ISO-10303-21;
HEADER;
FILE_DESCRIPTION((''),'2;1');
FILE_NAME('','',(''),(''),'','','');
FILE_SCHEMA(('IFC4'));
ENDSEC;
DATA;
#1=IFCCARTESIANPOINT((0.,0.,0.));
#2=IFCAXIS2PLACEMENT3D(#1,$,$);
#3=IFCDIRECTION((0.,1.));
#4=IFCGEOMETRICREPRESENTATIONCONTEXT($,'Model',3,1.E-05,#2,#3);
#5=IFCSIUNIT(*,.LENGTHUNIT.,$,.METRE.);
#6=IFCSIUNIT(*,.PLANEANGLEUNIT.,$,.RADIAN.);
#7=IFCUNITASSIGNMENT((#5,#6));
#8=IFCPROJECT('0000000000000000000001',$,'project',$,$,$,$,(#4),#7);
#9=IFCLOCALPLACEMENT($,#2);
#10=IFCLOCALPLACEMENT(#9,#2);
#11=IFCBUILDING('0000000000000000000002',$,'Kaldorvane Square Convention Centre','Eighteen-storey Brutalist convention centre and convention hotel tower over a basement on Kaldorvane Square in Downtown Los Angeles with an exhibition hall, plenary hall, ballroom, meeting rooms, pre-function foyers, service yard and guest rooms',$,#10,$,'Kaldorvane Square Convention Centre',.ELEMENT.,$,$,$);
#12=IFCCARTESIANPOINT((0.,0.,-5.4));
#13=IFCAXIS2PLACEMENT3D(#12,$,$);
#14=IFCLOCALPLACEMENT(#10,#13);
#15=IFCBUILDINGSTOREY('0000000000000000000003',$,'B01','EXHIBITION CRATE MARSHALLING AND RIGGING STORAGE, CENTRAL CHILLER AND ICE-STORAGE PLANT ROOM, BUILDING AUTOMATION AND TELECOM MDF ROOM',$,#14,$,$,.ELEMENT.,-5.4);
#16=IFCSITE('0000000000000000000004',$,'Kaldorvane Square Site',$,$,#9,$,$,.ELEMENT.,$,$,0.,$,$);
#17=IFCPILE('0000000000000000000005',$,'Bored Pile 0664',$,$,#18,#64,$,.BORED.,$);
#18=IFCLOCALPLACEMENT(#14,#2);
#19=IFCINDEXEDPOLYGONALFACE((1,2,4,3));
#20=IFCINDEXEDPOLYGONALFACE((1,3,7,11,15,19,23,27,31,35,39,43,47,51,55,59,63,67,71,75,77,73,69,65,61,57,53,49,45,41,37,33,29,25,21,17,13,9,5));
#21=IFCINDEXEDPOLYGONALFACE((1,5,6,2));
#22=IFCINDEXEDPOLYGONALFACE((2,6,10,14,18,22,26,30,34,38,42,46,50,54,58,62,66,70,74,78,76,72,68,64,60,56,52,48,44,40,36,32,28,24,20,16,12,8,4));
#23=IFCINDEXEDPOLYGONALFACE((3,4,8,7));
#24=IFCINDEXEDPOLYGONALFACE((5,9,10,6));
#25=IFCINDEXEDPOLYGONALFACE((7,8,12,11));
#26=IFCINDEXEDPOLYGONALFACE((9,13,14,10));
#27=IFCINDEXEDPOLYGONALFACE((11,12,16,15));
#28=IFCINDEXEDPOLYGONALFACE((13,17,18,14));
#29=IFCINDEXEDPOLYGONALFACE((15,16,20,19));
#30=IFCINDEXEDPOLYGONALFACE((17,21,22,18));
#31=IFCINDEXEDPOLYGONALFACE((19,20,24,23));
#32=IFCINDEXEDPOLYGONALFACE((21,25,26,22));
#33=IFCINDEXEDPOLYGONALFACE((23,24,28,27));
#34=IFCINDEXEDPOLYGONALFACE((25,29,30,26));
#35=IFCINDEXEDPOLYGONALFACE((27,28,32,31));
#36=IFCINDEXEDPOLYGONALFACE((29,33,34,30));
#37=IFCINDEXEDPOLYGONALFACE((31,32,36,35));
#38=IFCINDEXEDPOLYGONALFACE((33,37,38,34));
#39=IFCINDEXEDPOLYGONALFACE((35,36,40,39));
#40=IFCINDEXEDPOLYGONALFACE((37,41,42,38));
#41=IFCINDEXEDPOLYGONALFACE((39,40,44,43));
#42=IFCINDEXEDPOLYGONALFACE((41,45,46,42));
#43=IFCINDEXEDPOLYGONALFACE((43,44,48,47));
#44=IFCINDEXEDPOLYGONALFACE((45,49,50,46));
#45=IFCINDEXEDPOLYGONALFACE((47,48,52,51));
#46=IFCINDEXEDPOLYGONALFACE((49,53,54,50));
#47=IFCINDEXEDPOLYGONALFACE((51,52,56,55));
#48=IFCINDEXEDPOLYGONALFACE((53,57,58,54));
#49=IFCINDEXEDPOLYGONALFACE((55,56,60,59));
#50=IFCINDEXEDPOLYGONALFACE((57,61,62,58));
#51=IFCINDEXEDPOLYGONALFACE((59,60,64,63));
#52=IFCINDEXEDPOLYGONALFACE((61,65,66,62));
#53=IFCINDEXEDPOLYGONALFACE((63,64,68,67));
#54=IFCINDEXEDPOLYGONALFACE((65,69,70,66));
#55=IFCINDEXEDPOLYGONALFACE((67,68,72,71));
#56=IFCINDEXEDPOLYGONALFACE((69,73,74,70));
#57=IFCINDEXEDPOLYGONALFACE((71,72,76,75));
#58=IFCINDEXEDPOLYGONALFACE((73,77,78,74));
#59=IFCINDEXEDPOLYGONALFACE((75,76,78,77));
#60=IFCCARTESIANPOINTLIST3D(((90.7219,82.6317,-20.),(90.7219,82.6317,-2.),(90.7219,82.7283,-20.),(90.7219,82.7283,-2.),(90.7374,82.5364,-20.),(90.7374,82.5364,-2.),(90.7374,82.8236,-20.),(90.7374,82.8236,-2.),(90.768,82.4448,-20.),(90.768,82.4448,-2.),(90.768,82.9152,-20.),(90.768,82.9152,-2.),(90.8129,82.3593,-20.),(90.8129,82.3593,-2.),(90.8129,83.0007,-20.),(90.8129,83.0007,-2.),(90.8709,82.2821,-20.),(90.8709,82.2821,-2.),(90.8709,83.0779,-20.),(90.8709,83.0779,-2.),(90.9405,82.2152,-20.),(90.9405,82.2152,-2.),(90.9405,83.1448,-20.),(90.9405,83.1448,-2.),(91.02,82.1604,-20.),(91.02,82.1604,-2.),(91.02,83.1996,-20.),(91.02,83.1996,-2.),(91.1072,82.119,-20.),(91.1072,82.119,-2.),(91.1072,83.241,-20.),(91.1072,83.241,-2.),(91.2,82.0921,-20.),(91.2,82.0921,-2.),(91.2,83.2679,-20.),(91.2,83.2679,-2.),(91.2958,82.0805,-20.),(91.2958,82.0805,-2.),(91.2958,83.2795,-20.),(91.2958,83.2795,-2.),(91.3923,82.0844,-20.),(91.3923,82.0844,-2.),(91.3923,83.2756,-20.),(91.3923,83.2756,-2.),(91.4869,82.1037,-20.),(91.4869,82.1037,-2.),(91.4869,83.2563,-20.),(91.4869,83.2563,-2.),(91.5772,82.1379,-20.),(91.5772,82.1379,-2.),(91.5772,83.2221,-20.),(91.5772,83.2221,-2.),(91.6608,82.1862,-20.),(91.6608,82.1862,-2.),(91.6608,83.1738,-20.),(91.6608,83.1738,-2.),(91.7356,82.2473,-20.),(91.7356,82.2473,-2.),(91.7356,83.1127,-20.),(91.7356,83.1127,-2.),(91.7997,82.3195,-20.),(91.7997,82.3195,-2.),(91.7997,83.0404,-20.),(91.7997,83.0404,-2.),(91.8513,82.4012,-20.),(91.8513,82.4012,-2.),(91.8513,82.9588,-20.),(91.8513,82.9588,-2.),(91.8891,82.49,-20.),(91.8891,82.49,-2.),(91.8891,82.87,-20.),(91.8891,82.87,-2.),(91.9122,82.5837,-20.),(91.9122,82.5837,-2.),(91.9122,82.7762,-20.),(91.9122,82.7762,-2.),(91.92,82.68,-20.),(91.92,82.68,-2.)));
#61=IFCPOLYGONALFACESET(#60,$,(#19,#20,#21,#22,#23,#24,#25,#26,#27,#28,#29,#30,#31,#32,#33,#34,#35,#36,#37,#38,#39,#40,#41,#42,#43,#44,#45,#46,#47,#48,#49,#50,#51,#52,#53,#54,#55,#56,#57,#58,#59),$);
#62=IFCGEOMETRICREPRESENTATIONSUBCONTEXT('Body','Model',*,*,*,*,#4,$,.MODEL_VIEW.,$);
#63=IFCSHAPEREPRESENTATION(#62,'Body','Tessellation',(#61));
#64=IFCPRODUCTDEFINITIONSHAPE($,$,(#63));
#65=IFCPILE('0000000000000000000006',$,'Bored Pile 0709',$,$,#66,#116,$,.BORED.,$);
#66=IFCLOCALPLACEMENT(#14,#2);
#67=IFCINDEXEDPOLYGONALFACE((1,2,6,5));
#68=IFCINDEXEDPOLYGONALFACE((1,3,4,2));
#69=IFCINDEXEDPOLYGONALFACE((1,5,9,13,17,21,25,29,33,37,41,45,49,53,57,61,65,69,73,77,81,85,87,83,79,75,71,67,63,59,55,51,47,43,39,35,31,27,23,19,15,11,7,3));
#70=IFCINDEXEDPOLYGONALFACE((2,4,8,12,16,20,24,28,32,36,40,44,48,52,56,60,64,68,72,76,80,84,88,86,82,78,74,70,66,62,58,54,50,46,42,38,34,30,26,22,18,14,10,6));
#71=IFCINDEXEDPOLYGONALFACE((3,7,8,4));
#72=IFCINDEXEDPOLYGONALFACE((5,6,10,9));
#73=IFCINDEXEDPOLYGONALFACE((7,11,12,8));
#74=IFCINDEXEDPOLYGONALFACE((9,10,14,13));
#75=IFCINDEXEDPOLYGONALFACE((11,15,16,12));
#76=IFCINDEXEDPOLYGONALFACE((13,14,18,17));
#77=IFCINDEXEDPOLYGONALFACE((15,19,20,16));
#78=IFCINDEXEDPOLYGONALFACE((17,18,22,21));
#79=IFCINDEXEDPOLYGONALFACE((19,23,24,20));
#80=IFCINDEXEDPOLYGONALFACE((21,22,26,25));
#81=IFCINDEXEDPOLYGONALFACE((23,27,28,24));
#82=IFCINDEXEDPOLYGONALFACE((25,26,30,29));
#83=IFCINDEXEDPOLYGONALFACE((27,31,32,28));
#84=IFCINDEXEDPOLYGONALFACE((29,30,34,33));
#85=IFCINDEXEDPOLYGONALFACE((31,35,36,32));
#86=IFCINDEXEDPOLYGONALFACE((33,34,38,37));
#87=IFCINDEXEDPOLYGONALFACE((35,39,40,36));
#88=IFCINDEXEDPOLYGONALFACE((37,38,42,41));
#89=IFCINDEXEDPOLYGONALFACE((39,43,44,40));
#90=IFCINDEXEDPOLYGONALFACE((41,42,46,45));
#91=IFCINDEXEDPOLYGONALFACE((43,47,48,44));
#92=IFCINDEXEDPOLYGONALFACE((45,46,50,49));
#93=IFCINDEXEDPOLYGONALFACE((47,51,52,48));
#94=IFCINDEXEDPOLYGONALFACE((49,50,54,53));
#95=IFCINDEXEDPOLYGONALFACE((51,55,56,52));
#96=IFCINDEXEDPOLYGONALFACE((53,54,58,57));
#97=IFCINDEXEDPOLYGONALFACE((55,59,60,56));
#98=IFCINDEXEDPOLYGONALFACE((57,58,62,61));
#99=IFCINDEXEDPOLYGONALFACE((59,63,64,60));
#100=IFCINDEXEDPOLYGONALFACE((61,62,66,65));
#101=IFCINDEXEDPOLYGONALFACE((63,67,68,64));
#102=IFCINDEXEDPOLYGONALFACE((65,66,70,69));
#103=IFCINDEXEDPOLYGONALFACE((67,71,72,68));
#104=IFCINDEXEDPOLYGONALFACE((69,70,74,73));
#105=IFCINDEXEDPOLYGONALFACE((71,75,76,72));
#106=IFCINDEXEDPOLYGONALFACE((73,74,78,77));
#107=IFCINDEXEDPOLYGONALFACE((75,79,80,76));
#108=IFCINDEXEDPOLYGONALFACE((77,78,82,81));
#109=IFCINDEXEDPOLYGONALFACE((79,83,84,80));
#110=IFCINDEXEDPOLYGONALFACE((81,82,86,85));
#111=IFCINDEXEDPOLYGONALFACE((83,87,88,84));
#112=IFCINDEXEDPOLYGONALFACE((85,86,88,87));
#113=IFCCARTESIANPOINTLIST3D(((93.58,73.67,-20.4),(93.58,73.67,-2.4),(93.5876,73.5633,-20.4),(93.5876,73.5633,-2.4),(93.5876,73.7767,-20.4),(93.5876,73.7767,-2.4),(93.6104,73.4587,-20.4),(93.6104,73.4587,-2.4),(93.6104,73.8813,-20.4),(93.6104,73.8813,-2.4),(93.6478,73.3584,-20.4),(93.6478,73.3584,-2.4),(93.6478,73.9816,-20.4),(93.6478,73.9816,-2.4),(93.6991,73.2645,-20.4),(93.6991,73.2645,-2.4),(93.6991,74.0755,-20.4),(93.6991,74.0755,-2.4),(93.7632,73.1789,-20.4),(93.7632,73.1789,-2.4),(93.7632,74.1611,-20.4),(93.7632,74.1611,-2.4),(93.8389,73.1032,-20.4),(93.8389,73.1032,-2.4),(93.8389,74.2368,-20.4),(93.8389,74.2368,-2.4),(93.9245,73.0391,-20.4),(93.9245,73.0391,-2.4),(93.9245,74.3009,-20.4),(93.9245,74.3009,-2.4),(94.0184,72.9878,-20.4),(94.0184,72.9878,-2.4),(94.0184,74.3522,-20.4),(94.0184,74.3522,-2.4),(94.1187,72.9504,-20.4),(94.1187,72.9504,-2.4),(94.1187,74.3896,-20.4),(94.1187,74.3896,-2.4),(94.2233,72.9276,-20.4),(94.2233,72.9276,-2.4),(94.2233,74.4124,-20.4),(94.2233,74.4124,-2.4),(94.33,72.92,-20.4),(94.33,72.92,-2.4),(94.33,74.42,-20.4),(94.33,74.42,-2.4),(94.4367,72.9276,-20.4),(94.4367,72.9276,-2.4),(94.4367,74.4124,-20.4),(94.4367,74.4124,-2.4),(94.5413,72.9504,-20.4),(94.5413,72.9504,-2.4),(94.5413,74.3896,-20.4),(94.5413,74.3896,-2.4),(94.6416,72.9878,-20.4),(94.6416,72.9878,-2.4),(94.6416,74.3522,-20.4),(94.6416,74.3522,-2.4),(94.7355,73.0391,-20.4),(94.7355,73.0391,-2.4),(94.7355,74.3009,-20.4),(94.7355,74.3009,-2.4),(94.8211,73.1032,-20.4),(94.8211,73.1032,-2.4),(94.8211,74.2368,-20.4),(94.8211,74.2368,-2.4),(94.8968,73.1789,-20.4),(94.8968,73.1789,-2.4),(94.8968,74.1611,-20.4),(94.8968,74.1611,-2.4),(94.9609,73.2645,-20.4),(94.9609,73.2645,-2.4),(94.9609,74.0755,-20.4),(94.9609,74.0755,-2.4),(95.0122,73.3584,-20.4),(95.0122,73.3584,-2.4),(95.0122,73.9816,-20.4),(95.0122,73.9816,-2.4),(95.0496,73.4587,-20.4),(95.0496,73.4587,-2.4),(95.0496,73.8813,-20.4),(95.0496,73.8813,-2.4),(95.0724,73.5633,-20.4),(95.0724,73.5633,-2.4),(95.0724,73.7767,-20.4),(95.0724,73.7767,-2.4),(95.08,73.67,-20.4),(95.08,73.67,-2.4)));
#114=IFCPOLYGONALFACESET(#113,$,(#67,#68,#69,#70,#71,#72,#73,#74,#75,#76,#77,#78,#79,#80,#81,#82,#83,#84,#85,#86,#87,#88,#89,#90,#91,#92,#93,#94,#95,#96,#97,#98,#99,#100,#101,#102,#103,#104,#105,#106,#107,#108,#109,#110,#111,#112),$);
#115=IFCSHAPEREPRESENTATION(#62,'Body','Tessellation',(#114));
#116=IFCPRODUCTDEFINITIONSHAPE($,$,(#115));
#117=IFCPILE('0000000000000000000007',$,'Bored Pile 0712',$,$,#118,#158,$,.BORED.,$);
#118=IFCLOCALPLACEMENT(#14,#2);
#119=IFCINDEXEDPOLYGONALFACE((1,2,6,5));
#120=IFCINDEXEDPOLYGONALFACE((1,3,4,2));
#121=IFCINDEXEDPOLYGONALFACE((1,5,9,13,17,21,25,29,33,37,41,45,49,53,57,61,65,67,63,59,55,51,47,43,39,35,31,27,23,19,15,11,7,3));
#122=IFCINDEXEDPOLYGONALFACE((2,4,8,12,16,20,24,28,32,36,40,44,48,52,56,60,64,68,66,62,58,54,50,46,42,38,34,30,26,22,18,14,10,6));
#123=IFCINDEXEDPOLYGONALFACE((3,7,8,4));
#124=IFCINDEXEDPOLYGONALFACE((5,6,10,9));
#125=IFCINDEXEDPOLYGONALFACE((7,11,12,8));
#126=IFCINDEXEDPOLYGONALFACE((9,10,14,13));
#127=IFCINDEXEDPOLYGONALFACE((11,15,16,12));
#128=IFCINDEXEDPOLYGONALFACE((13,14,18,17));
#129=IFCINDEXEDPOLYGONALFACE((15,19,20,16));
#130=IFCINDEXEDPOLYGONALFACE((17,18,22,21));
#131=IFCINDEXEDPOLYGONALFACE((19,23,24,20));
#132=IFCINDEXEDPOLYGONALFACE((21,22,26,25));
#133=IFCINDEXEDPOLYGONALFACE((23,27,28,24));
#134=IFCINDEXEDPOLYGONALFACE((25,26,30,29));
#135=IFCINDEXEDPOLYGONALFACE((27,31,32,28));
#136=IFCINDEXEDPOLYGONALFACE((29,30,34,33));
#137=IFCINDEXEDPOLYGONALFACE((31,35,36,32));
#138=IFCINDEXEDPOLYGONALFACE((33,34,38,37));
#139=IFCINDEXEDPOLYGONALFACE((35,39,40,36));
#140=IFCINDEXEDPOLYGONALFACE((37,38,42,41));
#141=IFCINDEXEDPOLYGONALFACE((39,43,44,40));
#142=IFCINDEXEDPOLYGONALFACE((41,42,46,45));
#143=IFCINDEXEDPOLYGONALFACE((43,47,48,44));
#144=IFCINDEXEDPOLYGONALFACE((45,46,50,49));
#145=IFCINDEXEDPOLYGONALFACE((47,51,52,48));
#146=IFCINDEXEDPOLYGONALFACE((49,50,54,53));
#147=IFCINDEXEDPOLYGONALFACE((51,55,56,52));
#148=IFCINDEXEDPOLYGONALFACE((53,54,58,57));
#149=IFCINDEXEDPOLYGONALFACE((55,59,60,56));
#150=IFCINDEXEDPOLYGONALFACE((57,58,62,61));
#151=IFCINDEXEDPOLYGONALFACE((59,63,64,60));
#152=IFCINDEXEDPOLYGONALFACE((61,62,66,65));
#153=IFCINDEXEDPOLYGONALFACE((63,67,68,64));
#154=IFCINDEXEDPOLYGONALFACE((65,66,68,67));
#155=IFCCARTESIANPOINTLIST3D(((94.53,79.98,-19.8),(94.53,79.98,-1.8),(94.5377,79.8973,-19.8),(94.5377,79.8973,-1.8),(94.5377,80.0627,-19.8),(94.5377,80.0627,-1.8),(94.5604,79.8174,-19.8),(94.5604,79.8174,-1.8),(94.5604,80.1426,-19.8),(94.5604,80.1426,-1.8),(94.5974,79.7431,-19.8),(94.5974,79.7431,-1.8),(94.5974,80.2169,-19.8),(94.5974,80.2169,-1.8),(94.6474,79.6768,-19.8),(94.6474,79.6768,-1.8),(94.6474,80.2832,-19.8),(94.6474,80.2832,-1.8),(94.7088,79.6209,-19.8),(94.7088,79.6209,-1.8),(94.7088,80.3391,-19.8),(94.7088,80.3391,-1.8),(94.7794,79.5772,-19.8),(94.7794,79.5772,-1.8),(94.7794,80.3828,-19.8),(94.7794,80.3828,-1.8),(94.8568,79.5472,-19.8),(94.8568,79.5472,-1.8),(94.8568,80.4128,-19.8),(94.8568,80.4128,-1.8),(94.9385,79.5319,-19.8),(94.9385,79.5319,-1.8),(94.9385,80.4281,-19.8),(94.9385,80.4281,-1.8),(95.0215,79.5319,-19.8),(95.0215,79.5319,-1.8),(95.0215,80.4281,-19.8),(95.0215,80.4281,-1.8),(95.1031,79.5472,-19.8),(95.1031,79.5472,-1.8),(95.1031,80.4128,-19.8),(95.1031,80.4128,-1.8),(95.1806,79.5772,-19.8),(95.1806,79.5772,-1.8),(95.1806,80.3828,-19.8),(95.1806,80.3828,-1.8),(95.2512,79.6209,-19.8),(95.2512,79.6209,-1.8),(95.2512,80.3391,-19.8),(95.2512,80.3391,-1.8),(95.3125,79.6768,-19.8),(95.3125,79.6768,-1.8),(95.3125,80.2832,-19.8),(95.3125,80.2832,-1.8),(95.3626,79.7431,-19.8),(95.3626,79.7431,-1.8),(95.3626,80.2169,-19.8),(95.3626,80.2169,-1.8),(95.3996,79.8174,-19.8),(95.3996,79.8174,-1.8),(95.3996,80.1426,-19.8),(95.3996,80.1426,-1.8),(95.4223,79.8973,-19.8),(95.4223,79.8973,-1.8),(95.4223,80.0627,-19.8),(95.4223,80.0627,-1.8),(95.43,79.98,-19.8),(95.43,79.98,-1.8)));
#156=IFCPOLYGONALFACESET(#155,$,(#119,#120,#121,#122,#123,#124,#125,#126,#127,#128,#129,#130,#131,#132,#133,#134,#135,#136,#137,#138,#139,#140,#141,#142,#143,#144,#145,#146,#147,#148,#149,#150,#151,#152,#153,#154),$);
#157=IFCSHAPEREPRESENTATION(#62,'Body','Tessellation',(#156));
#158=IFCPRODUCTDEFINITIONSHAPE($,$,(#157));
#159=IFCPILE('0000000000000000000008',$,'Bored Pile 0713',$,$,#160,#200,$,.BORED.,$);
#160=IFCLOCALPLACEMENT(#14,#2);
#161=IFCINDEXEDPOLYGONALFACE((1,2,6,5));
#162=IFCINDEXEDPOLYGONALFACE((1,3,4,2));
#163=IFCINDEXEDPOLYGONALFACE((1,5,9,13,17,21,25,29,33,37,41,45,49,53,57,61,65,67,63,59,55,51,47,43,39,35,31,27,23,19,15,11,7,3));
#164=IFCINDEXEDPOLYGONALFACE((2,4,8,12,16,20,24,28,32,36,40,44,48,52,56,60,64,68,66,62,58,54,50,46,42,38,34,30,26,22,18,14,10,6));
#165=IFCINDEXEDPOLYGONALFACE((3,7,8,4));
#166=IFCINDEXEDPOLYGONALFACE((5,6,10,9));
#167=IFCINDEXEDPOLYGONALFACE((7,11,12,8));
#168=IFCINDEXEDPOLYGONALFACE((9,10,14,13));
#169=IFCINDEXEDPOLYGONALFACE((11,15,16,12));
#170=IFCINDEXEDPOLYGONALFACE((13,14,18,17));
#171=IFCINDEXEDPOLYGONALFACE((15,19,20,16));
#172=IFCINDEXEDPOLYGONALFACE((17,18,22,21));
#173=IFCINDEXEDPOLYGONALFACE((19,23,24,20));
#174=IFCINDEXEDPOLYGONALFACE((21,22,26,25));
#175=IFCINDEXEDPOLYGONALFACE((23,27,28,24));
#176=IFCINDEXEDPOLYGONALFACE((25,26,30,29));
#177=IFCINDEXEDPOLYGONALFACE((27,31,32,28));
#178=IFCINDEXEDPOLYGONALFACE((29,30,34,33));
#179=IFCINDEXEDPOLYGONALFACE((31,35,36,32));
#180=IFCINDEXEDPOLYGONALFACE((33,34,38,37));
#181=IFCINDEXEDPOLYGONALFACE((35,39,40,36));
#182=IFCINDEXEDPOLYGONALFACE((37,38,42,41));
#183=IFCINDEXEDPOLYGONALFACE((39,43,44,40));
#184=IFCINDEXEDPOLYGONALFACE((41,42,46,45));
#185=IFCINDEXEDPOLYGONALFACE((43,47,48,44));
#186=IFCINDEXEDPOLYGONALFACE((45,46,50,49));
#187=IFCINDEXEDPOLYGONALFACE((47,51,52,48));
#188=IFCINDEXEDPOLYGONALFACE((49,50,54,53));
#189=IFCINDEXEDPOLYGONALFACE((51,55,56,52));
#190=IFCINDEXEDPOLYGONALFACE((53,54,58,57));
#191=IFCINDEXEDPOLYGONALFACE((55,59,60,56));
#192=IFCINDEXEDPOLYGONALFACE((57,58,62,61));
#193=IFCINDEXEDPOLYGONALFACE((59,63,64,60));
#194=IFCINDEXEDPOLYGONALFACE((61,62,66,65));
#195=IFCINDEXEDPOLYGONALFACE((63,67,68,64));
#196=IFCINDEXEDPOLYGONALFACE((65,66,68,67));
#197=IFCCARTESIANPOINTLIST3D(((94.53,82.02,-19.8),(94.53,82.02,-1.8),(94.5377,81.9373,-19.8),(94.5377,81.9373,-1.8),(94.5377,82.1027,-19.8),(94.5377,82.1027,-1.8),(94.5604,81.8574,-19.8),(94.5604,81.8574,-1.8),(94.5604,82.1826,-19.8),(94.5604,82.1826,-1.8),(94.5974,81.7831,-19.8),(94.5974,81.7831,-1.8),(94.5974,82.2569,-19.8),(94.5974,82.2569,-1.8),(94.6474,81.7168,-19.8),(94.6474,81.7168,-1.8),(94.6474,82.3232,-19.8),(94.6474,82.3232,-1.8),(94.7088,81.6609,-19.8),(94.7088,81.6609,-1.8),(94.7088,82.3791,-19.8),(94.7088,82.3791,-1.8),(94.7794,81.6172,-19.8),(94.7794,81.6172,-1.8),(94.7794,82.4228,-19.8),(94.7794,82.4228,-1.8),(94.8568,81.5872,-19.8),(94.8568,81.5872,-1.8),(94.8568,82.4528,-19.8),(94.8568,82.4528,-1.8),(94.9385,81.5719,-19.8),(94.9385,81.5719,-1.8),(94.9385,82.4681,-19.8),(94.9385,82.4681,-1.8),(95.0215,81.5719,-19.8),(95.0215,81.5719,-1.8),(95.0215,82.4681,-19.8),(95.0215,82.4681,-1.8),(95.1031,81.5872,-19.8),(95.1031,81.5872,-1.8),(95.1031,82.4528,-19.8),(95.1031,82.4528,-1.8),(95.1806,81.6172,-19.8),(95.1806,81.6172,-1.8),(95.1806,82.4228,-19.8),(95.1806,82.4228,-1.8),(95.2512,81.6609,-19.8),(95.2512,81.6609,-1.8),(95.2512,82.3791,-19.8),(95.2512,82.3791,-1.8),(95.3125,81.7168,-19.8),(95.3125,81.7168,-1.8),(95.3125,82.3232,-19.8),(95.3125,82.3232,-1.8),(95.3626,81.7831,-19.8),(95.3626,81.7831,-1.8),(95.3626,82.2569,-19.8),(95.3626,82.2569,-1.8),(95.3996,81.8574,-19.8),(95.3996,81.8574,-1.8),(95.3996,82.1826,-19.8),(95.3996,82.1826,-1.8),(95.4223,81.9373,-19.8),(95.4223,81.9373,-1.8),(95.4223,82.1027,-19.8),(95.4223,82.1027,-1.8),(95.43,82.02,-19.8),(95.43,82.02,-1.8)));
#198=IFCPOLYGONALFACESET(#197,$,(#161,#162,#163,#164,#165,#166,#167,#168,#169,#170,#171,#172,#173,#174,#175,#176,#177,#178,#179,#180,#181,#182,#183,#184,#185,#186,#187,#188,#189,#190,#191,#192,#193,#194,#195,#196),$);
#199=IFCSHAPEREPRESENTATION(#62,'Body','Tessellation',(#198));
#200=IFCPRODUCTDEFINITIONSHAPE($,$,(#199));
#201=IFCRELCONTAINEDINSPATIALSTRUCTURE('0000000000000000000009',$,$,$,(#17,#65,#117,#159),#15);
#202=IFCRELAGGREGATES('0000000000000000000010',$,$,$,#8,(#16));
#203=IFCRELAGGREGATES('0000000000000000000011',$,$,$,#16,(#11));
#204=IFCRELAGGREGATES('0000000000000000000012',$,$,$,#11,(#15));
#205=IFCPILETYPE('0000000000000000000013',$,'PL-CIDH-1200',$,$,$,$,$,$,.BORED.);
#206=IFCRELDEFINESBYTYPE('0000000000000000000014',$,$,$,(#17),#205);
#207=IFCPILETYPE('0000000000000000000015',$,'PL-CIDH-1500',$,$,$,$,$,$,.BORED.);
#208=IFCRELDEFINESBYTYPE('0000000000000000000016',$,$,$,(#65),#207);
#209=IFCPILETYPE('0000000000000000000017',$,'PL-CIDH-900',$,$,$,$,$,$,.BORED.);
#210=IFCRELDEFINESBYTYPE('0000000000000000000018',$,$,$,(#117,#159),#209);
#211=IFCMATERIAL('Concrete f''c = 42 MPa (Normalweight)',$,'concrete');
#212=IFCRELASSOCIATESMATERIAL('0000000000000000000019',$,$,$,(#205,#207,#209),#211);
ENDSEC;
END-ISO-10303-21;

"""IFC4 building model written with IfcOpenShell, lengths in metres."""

from ifc_helpers import new_model, si_unit, direction, frame, origin, origin_2d, place, context, subcontext, project, spatial, circle, extrude, material, material_profile, profile_set, type_object, element, save


model = new_model("IFC4")

# Units and contexts
model_context = context("Model", 3, precision=1e-05, world=origin(), true_north=direction((0.0, 1.0)))
body_context = subcontext(model_context, "Body", "Model", "MODEL_VIEW")
ifc_project = project(units=[si_unit("LENGTHUNIT", "METRE"), si_unit("PLANEANGLEUNIT", "RADIAN")], contexts=[model_context])

# Site, building, storey
site_placement = place(None, origin())
site = spatial("IfcSite", under=ifc_project, at=site_placement, Name="Kaldorvane Square Site", CompositionType="ELEMENT", RefElevation=0.0)
building_placement = place(site_placement, origin())
building = spatial("IfcBuilding", under=site, at=building_placement, Name="Kaldorvane Square Convention Centre", Description="Eighteen-storey Brutalist convention centre and convention hotel tower over a basement on Kaldorvane Square in Downtown Los Angeles with an exhibition hall, plenary hall, ballroom, meeting rooms, pre-function foyers, service yard and guest rooms", LongName="Kaldorvane Square Convention Centre", CompositionType="ELEMENT")
storey_placement = place(building_placement, frame((0.0, 0.0, -5.4)))
storey = spatial("IfcBuildingStorey", under=building, at=storey_placement, Name="B01", Description="EXHIBITION CRATE MARSHALLING AND RIGGING STORAGE, CENTRAL CHILLER AND ICE-STORAGE PLANT ROOM, BUILDING AUTOMATION AND TELECOM MDF ROOM", CompositionType="ELEMENT", Elevation=-5.4)

# Shared definitions
ifc_material_1 = material(Name="Concrete f'c = 42 MPa (Normalweight)", Category="concrete")

# Piles
ifc_material_profile_1 = material_profile(ifc_material_1, circle(Radius=0.6, at=origin_2d()), Name="PILE-D1200")
ifc_profile_set_1 = profile_set([ifc_material_profile_1], Name="Concrete f'c = 42 MPa (Normalweight)")
pile_type_1 = type_object("IfcPileType", Name="PL-CIDH-1200", PredefinedType="BORED", material=ifc_profile_set_1)
for number, where, z_axis, x_axis, name in (
    (1, (91.32, 82.68, -2.0), (0.0, 0.0, -1.0), (1.0, 0.0, 0.0), "Bored Pile 0664"),
):
    element("IfcPile", number, at=place(storey_placement, frame(where, z_axis=z_axis, x_axis=x_axis)), inside=storey, type_object=pile_type_1, Name=name, PredefinedType="BORED", context=body_context, shape_type="SweptSolid", body=[
        extrude(circle(Radius=0.6, at=origin_2d()), origin(), (0.0, 0.0, 1.0), 18.0),
    ])
ifc_material_profile_2 = material_profile(ifc_material_1, circle(Radius=0.75, at=origin_2d()), Name="PILE-D1500")
ifc_profile_set_2 = profile_set([ifc_material_profile_2], Name="Concrete f'c = 42 MPa (Normalweight)")
pile_type_2 = type_object("IfcPileType", Name="PL-CIDH-1500", PredefinedType="BORED", material=ifc_profile_set_2)
pile_placement = place(storey_placement, frame((94.33, 73.67, -2.4), z_axis=(0.0, 0.0, -1.0), x_axis=(1.0, 0.0, 0.0)))
element("IfcPile", 2, at=pile_placement, inside=storey, type_object=pile_type_2, Name="Bored Pile 0709", PredefinedType="BORED", context=body_context, shape_type="SweptSolid", body=[
    extrude(circle(Radius=0.75, at=origin_2d()), origin(), (0.0, 0.0, 1.0), 18.0),
])
ifc_material_profile_3 = material_profile(ifc_material_1, circle(Radius=0.45, at=origin_2d()), Name="PILE-D900")
ifc_profile_set_3 = profile_set([ifc_material_profile_3], Name="Concrete f'c = 42 MPa (Normalweight)")
pile_type_3 = type_object("IfcPileType", Name="PL-CIDH-900", PredefinedType="BORED", material=ifc_profile_set_3)
for number, where, z_axis, x_axis, name in (
    (3, (94.98, 79.98, -1.8), (0.0, 0.0, -1.0), (1.0, 0.0, 0.0), "Bored Pile 0712"),
    (4, (94.98, 82.02, -1.8), (0.0, 0.0, -1.0), (1.0, 0.0, 0.0), "Bored Pile 0713"),
):
    element("IfcPile", number, at=place(storey_placement, frame(where, z_axis=z_axis, x_axis=x_axis)), inside=storey, type_object=pile_type_3, Name=name, PredefinedType="BORED", context=body_context, shape_type="SweptSolid", body=[
        extrude(circle(Radius=0.45, at=origin_2d()), origin(), (0.0, 0.0, 1.0), 18.0),
    ])

save(model, "model.ifc")
